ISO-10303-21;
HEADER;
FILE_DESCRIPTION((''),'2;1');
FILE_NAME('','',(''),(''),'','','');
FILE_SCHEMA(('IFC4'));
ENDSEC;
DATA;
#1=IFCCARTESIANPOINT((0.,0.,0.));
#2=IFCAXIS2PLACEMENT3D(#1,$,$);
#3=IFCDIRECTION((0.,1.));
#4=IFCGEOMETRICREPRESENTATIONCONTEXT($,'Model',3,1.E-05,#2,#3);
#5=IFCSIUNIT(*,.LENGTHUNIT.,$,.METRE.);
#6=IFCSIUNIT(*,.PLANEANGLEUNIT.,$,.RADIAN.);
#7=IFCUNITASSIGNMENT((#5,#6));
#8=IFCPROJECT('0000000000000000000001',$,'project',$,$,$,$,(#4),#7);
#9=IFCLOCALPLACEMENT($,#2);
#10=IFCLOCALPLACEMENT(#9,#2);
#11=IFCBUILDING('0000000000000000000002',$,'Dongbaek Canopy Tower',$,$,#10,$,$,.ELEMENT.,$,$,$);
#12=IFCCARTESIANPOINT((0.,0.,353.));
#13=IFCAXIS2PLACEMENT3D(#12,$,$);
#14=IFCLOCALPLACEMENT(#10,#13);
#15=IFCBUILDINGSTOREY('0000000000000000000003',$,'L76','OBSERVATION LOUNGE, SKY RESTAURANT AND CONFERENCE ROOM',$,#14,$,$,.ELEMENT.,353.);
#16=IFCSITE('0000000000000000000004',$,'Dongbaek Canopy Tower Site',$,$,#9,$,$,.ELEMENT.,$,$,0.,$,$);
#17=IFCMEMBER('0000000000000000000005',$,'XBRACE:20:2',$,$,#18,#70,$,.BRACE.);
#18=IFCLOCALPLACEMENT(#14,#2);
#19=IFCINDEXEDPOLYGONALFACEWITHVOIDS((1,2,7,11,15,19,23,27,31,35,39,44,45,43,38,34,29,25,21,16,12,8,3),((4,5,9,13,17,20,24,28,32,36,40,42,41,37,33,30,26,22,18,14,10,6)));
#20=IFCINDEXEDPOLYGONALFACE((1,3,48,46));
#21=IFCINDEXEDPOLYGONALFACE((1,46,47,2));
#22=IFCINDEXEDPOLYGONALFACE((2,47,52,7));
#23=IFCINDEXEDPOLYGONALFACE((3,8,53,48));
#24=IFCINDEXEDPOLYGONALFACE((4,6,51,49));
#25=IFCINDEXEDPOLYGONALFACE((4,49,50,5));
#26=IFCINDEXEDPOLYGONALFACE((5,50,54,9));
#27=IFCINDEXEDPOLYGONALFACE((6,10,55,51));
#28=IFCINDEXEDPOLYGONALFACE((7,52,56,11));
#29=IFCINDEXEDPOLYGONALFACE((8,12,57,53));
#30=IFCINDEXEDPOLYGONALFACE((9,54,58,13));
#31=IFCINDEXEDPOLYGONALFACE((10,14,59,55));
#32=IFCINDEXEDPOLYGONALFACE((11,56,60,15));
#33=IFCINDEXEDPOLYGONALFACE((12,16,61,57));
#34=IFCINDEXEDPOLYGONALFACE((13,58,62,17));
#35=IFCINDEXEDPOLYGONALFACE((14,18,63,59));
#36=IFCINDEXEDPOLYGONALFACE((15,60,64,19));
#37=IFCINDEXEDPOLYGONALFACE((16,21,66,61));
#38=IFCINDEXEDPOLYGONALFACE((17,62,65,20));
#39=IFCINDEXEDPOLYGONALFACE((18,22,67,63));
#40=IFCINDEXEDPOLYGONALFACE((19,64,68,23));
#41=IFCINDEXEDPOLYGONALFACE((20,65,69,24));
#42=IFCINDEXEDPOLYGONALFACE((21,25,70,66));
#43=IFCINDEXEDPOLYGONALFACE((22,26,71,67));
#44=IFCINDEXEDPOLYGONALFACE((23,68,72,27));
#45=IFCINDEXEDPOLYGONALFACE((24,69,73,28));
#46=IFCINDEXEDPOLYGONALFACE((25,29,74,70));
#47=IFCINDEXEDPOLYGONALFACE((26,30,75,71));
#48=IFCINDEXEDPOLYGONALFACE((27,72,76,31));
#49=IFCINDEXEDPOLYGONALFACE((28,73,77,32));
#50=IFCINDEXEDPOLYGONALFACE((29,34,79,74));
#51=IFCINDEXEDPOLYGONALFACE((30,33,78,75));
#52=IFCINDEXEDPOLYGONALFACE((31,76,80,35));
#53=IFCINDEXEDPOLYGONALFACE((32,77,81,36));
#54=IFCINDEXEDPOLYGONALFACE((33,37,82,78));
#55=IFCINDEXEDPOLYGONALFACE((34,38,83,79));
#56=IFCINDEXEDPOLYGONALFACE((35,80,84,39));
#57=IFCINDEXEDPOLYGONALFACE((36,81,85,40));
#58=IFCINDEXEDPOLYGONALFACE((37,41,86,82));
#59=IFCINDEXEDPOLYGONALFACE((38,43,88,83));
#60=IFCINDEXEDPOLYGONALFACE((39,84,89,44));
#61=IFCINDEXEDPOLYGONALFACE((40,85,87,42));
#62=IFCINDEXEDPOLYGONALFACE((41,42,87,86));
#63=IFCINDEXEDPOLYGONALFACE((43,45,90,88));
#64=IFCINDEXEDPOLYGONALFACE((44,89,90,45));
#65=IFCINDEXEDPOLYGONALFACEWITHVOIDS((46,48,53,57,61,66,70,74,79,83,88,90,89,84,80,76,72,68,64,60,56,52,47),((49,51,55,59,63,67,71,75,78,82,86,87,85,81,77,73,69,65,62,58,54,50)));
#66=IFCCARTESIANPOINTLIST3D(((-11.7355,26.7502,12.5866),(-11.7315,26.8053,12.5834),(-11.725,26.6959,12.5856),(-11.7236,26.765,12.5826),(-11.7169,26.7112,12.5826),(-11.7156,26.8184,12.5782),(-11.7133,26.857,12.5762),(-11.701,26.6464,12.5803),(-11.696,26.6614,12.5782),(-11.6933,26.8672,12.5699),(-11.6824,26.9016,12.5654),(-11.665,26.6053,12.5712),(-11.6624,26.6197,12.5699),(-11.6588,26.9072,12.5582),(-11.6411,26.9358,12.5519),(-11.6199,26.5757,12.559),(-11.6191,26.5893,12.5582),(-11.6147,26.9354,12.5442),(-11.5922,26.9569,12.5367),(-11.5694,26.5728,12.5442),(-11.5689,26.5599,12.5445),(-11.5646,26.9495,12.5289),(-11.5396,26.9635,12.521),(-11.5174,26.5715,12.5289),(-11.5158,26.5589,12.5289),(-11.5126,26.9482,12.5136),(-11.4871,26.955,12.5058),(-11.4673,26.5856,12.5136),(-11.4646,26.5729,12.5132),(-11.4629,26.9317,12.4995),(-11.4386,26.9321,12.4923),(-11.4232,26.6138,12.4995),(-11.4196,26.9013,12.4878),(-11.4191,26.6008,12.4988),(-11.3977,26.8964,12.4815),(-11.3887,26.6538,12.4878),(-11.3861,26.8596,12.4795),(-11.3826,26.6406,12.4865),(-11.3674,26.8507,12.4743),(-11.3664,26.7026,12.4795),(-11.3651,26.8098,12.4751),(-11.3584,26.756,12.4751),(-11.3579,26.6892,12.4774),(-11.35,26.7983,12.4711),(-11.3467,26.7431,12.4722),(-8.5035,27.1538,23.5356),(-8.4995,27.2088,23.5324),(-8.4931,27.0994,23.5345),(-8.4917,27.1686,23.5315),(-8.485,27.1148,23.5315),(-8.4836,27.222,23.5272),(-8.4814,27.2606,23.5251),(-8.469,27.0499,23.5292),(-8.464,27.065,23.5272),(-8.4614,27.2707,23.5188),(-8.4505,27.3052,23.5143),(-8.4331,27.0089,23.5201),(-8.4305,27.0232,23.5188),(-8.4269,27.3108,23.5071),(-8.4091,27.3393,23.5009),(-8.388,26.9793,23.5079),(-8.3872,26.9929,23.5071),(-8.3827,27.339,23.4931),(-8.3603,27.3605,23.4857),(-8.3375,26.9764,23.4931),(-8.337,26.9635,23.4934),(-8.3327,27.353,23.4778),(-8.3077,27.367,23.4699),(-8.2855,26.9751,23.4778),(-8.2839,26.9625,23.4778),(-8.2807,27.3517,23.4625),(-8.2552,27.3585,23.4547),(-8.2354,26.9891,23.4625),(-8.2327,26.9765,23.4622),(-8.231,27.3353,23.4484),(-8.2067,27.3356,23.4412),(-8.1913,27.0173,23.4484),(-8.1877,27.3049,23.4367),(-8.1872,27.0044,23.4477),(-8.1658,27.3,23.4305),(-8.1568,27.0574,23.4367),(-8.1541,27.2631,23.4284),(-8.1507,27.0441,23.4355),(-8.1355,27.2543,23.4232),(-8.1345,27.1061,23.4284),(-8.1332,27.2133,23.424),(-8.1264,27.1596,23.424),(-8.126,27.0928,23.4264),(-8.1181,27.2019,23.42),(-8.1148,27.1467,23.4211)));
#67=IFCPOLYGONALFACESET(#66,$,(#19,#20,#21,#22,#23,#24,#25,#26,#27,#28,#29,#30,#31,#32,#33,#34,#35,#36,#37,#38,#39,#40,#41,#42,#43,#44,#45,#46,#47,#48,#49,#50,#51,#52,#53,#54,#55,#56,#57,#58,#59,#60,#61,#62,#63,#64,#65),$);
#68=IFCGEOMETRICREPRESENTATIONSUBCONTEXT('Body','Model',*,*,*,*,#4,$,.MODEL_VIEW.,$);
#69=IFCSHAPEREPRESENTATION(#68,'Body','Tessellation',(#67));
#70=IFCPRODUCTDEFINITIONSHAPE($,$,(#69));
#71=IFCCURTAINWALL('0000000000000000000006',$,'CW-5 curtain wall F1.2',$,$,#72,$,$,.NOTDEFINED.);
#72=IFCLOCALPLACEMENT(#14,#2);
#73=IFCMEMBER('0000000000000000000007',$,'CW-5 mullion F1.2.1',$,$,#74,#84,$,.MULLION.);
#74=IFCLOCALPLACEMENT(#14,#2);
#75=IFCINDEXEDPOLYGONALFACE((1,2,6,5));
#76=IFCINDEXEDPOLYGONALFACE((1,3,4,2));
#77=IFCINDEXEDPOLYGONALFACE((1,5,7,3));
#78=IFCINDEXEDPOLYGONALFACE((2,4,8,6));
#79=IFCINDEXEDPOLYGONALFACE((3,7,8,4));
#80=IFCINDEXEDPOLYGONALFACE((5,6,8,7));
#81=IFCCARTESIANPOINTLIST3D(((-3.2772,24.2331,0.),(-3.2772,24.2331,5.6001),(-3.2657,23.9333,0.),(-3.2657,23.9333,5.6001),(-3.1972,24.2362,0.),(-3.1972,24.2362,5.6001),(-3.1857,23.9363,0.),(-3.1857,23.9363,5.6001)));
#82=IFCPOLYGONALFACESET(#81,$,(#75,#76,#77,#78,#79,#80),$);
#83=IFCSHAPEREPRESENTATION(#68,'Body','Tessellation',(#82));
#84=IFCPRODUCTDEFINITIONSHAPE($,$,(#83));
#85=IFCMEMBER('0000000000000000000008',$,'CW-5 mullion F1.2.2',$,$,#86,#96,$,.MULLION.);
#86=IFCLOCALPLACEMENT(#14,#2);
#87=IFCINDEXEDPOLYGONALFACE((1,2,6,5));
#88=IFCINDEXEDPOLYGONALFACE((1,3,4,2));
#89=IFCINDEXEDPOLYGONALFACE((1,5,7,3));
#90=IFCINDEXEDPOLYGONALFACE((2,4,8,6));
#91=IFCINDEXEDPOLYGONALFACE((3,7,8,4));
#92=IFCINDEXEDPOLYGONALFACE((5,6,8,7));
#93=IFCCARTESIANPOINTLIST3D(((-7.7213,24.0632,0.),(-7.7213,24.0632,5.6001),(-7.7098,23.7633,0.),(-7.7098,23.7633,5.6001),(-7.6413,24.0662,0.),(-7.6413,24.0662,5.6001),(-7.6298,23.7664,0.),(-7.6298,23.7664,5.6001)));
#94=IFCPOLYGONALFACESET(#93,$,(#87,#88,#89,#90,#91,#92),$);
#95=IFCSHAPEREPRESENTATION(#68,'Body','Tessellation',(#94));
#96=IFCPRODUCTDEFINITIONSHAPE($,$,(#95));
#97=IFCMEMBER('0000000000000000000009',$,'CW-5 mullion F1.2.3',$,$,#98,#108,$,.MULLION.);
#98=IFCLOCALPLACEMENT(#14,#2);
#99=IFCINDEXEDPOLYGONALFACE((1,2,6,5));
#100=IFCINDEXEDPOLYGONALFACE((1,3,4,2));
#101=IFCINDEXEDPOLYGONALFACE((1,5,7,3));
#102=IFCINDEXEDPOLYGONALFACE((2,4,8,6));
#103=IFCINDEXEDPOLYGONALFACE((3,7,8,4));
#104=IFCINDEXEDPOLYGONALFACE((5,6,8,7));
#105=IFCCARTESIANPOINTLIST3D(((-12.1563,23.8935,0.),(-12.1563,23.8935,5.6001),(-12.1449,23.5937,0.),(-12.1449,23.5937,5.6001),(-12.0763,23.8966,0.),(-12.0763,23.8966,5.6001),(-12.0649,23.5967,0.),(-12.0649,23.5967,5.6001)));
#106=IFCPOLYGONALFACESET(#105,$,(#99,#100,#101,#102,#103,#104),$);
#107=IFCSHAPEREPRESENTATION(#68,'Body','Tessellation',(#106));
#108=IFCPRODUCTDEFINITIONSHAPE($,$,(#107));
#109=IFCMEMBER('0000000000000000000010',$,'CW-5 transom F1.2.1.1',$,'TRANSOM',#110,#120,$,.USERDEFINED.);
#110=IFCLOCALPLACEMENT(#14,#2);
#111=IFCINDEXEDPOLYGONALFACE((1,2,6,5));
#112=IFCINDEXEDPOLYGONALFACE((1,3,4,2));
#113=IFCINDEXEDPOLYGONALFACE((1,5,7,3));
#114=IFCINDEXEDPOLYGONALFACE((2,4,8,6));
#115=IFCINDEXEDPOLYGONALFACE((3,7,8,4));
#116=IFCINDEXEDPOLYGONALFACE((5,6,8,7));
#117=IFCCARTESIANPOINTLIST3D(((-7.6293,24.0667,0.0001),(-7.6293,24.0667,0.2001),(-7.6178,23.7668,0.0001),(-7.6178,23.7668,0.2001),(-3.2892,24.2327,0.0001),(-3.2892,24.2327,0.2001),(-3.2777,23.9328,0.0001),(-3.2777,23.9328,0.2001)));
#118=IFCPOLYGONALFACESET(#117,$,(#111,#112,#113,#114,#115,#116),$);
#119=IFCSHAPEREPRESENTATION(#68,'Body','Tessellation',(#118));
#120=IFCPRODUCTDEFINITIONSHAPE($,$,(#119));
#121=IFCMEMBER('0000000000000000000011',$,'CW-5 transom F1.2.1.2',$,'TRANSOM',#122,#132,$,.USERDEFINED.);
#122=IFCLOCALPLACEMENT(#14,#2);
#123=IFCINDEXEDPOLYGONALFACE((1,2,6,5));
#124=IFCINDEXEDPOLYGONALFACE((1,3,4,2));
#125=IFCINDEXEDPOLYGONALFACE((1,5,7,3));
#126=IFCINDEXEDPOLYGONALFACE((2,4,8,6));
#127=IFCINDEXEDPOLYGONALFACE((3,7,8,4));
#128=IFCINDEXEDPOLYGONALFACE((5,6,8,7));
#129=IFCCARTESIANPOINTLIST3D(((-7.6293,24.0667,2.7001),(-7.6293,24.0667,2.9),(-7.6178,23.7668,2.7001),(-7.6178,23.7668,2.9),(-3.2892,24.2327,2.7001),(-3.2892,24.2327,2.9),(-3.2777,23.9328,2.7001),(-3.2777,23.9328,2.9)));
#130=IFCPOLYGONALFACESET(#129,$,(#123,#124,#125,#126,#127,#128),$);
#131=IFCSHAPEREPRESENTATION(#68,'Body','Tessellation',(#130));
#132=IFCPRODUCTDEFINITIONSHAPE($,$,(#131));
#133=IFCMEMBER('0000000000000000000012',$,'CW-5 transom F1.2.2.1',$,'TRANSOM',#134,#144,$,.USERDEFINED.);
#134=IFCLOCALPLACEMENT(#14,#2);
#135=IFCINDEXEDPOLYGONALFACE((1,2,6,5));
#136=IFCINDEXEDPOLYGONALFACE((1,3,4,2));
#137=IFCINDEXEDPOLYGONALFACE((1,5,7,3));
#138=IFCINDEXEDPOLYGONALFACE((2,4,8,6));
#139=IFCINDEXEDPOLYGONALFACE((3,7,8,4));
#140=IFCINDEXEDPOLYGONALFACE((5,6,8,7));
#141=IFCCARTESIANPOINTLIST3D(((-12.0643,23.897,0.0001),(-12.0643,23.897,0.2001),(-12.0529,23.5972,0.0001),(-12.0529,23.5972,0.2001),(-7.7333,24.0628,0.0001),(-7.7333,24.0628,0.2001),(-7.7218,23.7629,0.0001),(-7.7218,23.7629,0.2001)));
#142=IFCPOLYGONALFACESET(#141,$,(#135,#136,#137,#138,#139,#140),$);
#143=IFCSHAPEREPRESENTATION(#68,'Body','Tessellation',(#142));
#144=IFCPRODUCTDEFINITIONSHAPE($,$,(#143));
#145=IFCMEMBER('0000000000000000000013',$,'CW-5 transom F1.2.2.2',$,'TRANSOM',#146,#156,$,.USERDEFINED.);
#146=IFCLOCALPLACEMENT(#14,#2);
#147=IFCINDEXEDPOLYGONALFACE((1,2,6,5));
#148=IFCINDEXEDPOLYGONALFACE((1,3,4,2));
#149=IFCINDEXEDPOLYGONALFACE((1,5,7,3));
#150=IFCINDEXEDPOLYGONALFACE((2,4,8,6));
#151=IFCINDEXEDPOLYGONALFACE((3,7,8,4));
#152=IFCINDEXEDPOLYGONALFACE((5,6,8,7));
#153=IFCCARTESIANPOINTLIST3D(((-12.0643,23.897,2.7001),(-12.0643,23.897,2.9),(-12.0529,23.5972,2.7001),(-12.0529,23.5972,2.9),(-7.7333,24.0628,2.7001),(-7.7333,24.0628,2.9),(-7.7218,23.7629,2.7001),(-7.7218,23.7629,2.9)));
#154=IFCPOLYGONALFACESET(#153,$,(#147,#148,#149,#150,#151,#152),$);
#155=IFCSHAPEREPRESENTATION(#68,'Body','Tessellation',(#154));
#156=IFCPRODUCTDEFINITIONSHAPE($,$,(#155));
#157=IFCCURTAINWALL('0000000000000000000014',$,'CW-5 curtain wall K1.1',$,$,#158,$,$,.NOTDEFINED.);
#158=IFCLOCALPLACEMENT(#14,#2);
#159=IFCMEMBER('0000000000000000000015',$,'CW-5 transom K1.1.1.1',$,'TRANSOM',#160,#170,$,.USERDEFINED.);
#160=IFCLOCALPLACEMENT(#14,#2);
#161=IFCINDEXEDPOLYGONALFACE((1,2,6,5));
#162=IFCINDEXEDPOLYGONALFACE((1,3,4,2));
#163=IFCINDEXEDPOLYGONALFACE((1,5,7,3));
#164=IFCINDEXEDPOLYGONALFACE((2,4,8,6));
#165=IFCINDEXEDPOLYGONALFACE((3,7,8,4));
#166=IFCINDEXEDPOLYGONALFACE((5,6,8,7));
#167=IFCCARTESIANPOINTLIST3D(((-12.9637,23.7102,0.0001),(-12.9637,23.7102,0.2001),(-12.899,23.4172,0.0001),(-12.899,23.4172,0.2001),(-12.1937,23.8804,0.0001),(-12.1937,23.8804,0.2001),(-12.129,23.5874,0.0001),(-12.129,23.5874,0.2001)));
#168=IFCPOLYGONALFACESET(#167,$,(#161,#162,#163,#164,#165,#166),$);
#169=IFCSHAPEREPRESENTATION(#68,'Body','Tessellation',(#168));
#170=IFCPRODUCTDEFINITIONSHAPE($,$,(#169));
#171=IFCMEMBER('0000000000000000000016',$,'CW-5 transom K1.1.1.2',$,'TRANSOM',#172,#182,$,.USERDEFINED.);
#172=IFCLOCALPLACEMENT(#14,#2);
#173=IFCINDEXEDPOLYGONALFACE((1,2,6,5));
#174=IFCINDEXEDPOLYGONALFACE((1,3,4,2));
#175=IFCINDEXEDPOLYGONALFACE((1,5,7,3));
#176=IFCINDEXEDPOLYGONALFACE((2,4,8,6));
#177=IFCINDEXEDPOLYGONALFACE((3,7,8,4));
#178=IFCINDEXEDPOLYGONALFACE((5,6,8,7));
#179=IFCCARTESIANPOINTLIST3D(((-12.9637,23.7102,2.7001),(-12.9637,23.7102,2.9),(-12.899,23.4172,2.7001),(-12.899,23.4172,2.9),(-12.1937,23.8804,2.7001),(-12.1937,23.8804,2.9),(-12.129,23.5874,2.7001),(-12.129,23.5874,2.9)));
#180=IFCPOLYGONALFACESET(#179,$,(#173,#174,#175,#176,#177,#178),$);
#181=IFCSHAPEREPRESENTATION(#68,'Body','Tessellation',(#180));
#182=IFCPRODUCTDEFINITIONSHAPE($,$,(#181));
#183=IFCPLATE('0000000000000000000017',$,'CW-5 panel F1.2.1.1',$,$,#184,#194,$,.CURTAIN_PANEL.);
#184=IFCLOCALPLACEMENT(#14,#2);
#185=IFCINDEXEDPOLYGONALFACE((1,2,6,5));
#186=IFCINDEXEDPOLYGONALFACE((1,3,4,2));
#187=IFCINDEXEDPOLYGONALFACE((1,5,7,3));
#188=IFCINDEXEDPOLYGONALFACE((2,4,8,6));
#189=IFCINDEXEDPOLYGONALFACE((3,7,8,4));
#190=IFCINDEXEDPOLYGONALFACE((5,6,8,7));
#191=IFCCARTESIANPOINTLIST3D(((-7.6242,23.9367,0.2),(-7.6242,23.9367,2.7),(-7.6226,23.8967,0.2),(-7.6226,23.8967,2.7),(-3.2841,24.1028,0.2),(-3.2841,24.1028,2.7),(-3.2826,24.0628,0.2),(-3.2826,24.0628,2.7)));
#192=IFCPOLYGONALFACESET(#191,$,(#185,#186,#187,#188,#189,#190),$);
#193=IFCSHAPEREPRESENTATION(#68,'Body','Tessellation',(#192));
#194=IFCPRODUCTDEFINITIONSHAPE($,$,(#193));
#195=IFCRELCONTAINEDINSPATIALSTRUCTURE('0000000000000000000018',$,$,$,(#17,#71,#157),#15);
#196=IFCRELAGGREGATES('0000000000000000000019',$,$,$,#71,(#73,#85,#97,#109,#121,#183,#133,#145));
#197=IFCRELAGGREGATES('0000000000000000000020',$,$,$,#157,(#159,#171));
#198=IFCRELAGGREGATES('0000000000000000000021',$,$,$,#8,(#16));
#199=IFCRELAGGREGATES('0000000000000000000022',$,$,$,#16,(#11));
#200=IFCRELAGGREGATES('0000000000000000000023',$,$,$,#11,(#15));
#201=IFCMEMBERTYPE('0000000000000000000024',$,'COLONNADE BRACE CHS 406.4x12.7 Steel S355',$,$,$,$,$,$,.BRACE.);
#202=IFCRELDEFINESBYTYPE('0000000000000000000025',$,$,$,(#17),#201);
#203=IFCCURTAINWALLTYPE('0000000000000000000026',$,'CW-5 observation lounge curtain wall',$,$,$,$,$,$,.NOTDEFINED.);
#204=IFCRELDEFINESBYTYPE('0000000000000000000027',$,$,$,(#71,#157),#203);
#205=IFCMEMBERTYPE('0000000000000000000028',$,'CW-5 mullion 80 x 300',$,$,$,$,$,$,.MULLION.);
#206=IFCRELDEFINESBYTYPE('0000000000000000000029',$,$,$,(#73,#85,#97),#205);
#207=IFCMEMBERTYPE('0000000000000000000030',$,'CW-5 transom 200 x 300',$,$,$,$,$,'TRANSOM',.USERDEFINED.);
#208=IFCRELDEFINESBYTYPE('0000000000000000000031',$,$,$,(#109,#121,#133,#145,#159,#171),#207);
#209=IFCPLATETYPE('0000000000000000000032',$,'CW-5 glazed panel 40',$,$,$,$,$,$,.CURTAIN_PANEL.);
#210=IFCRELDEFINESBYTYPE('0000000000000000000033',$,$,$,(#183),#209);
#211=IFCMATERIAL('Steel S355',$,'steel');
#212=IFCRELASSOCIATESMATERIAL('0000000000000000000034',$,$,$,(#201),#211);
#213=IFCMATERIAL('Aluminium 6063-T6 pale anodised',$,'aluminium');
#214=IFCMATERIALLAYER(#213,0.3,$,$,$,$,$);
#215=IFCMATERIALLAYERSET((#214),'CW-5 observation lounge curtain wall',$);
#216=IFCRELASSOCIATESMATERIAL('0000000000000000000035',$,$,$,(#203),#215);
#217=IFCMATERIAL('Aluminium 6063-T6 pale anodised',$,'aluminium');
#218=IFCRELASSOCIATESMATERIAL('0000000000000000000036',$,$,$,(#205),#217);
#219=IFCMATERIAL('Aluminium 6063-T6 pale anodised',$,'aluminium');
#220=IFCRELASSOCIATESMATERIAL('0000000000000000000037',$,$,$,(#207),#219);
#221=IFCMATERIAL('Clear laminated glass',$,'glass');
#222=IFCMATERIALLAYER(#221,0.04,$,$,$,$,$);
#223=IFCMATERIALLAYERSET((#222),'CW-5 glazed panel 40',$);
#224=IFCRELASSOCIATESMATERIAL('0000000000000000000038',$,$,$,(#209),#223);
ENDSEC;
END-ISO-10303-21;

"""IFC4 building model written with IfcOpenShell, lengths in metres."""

from ifc_helpers import new_model, si_unit, direction, frame, origin, origin_2d, place, context, subcontext, project, spatial, rectangle, hollow_circle, extrude, material, layer, layer_set, material_profile, profile_set, type_object, element, aggregate, save


model = new_model("IFC4")

# Units and contexts
model_context = context("Model", 3, precision=1e-05, world=origin(), true_north=direction((0.0, 1.0)))
body_context = subcontext(model_context, "Body", "Model", "MODEL_VIEW")
ifc_project = project(units=[si_unit("LENGTHUNIT", "METRE"), si_unit("PLANEANGLEUNIT", "RADIAN")], contexts=[model_context])

# Site, building, storey
site_placement = place(None, origin())
site = spatial("IfcSite", under=ifc_project, at=site_placement, Name="Dongbaek Canopy Tower Site", CompositionType="ELEMENT", RefElevation=0.0)
building_placement = place(site_placement, origin())
building = spatial("IfcBuilding", under=site, at=building_placement, Name="Dongbaek Canopy Tower", CompositionType="ELEMENT")
storey_placement = place(building_placement, frame((0.0, 0.0, 353.0)))
storey = spatial("IfcBuildingStorey", under=building, at=storey_placement, Name="L76", Description="OBSERVATION LOUNGE, SKY RESTAURANT AND CONFERENCE ROOM", CompositionType="ELEMENT", Elevation=353.0)

# Member
ifc_material_1 = material(Name="Steel S355", Category="steel")
ifc_material_profile_1 = material_profile(ifc_material_1, hollow_circle(Radius=0.2031, WallThickness=0.0127, at=origin_2d()), Name="COLONNADE BRACE CHS 406.4x12.7 Steel S355")
ifc_profile_set_1 = profile_set([ifc_material_profile_1], Name="Steel S355")
member_type_1 = type_object("IfcMemberType", Name="COLONNADE BRACE CHS 406.4x12.7 Steel S355", PredefinedType="BRACE", material=ifc_profile_set_1)
member_1_placement = place(storey_placement, frame((-8.3091, 27.1641, 23.4778), z_axis=(-0.282928, -0.035329, -0.95849), x_axis=(0.123906, -0.992294, 0.0)))
element("IfcMember", 1, at=member_1_placement, inside=storey, type_object=member_type_1, Name="XBRACE:20:2", PredefinedType="BRACE", context=body_context, shape_type="SweptSolid", body=[
    extrude(hollow_circle(Radius=0.2031, WallThickness=0.0127, at=origin_2d()), origin(), (0.0, 0.0, 1.0), 11.4231),
])

# Curtain walls, members
ifc_material_2 = material(Name="Aluminium 6063-T6 pale anodised", Category="aluminium")
ifc_layer_1 = layer(ifc_material_2, 0.3)
ifc_layer_set_1 = layer_set([ifc_layer_1], Name="CW-5 observation lounge curtain wall")
curtain_wall_type = type_object("IfcCurtainWallType", Name="CW-5 observation lounge curtain wall", PredefinedType="NOTDEFINED", material=ifc_layer_set_1)
curtain_wall_1_placement = place(storey_placement, origin())
curtain_wall_1 = element("IfcCurtainWall", 2, at=curtain_wall_1_placement, inside=storey, type_object=curtain_wall_type, Name="CW-5 curtain wall F1.2", PredefinedType="NOTDEFINED")
ifc_material_3 = material(Name="Aluminium 6063-T6 pale anodised", Category="aluminium")
ifc_material_profile_2 = material_profile(ifc_material_3, rectangle(XDim=0.3, YDim=0.0801, at=origin_2d()), Name="CW-5 mullion 80 x 300")
ifc_profile_set_2 = profile_set([ifc_material_profile_2], Name="Aluminium 6063-T6 pale anodised")
member_type_2 = type_object("IfcMemberType", Name="CW-5 mullion 80 x 300", PredefinedType="MULLION", material=ifc_profile_set_2)
member_2_placement = place(storey_placement, frame((-3.2314, 24.0847, 0.0), z_axis=(0.0, 0.0, 1.0), x_axis=(-0.038232, 0.999269, 0.0)))
member_2 = element("IfcMember", 3, at=member_2_placement, type_object=member_type_2, Name="CW-5 mullion F1.2.1", PredefinedType="MULLION", context=body_context, shape_type="SweptSolid", body=[
    extrude(rectangle(XDim=0.3, YDim=0.0801, at=origin_2d()), origin(), (0.0, 0.0, 1.0), 5.6001),
])
member_3_placement = place(storey_placement, frame((-7.6755, 23.9148, 0.0), z_axis=(0.0, 0.0, 1.0), x_axis=(-0.038232, 0.999269, 0.0)))
member_3 = element("IfcMember", 4, at=member_3_placement, type_object=member_type_2, Name="CW-5 mullion F1.2.2", PredefinedType="MULLION", context=body_context, shape_type="SweptSolid", body=[
    extrude(rectangle(XDim=0.3, YDim=0.0801, at=origin_2d()), origin(), (0.0, 0.0, 1.0), 5.6001),
])
member_4_placement = place(storey_placement, frame((-12.1106, 23.7451, 0.0), z_axis=(0.0, 0.0, 1.0), x_axis=(-0.038232, 0.999269, 0.0)))
member_4 = element("IfcMember", 5, at=member_4_placement, type_object=member_type_2, Name="CW-5 mullion F1.2.3", PredefinedType="MULLION", context=body_context, shape_type="SweptSolid", body=[
    extrude(rectangle(XDim=0.3, YDim=0.0801, at=origin_2d()), origin(), (0.0, 0.0, 1.0), 5.6001),
])
ifc_material_4 = material(Name="Aluminium 6063-T6 pale anodised", Category="aluminium")
ifc_material_profile_3 = material_profile(ifc_material_4, rectangle(XDim=0.3, YDim=0.2, at=origin_2d()), Name="CW-5 transom 200 x 300")
ifc_profile_set_3 = profile_set([ifc_material_profile_3], Name="Aluminium 6063-T6 pale anodised")
member_type_3 = type_object("IfcMemberType", Name="CW-5 transom 200 x 300", ElementType="TRANSOM", PredefinedType="USERDEFINED", material=ifc_profile_set_3)
member_5_placement = place(storey_placement, frame((-3.2834, 24.0828, 0.1001), z_axis=(-0.999269, -0.038224, 0.0), x_axis=(0.038224, -0.999269, 0.0)))
member_5 = element("IfcMember", 6, at=member_5_placement, type_object=member_type_3, Name="CW-5 transom F1.2.1.1", ObjectType="TRANSOM", PredefinedType="USERDEFINED", context=body_context, shape_type="SweptSolid", body=[
    extrude(rectangle(XDim=0.3, YDim=0.2, at=origin_2d()), origin(), (0.0, 0.0, 1.0), 4.3433),
])
member_6_placement = place(storey_placement, frame((-3.2834, 24.0828, 2.8), z_axis=(-0.999269, -0.038224, 0.0), x_axis=(0.038224, -0.999269, 0.0)))
member_6 = element("IfcMember", 7, at=member_6_placement, type_object=member_type_3, Name="CW-5 transom F1.2.1.2", ObjectType="TRANSOM", PredefinedType="USERDEFINED", context=body_context, shape_type="SweptSolid", body=[
    extrude(rectangle(XDim=0.3, YDim=0.2, at=origin_2d()), origin(), (0.0, 0.0, 1.0), 4.3433),
])
member_7_placement = place(storey_placement, frame((-7.7275, 23.9128, 0.1001), z_axis=(-0.999268, -0.038247, 0.0), x_axis=(0.038247, -0.999268, 0.0)))
member_7 = element("IfcMember", 8, at=member_7_placement, type_object=member_type_3, Name="CW-5 transom F1.2.2.1", ObjectType="TRANSOM", PredefinedType="USERDEFINED", context=body_context, shape_type="SweptSolid", body=[
    extrude(rectangle(XDim=0.3, YDim=0.2, at=origin_2d()), origin(), (0.0, 0.0, 1.0), 4.3342),
])
member_8_placement = place(storey_placement, frame((-7.7275, 23.9128, 2.8), z_axis=(-0.999268, -0.038247, 0.0), x_axis=(0.038247, -0.999268, 0.0)))
member_8 = element("IfcMember", 9, at=member_8_placement, type_object=member_type_3, Name="CW-5 transom F1.2.2.2", ObjectType="TRANSOM", PredefinedType="USERDEFINED", context=body_context, shape_type="SweptSolid", body=[
    extrude(rectangle(XDim=0.3, YDim=0.2, at=origin_2d()), origin(), (0.0, 0.0, 1.0), 4.3342),
])
curtain_wall_2_placement = place(storey_placement, origin())
curtain_wall_2 = element("IfcCurtainWall", 10, at=curtain_wall_2_placement, inside=storey, type_object=curtain_wall_type, Name="CW-5 curtain wall K1.1", PredefinedType="NOTDEFINED")
member_9_placement = place(storey_placement, frame((-12.1614, 23.7339, 0.1001), z_axis=(-0.976441, -0.215783, 0.0), x_axis=(0.215783, -0.976441, 0.0)))
member_9 = element("IfcMember", 11, at=member_9_placement, type_object=member_type_3, Name="CW-5 transom K1.1.1.1", ObjectType="TRANSOM", PredefinedType="USERDEFINED", context=body_context, shape_type="SweptSolid", body=[
    extrude(rectangle(XDim=0.3, YDim=0.2, at=origin_2d()), origin(), (0.0, 0.0, 1.0), 0.7886),
])
member_10_placement = place(storey_placement, frame((-12.1614, 23.7339, 2.8), z_axis=(-0.976441, -0.215783, 0.0), x_axis=(0.215783, -0.976441, 0.0)))
member_10 = element("IfcMember", 12, at=member_10_placement, type_object=member_type_3, Name="CW-5 transom K1.1.1.2", ObjectType="TRANSOM", PredefinedType="USERDEFINED", context=body_context, shape_type="SweptSolid", body=[
    extrude(rectangle(XDim=0.3, YDim=0.2, at=origin_2d()), origin(), (0.0, 0.0, 1.0), 0.7886),
])

# Plate
ifc_material_5 = material(Name="Clear laminated glass", Category="glass")
ifc_layer_2 = layer(ifc_material_5, 0.04)
ifc_layer_set_2 = layer_set([ifc_layer_2], Name="CW-5 glazed panel 40")
plate_type = type_object("IfcPlateType", Name="CW-5 glazed panel 40", PredefinedType="CURTAIN_PANEL", material=ifc_layer_set_2)
plate_1_placement = place(storey_placement, frame((-5.4534, 23.9998, 0.2), z_axis=(0.0, 0.0, 1.0), x_axis=(-0.999269, -0.038232, 0.0)))
plate_1 = element("IfcPlate", 13, at=plate_1_placement, type_object=plate_type, Name="CW-5 panel F1.2.1.1", PredefinedType="CURTAIN_PANEL", context=body_context, shape_type="SweptSolid", body=[
    extrude(rectangle(XDim=4.3433, YDim=0.04, at=origin_2d()), origin(), (0.0, 0.0, 1.0), 2.5),
])
aggregate(curtain_wall_1, [member_2, member_3, member_4, member_5, member_6, plate_1, member_7, member_8])
aggregate(curtain_wall_2, [member_9, member_10])

save(model, "model.ifc")
